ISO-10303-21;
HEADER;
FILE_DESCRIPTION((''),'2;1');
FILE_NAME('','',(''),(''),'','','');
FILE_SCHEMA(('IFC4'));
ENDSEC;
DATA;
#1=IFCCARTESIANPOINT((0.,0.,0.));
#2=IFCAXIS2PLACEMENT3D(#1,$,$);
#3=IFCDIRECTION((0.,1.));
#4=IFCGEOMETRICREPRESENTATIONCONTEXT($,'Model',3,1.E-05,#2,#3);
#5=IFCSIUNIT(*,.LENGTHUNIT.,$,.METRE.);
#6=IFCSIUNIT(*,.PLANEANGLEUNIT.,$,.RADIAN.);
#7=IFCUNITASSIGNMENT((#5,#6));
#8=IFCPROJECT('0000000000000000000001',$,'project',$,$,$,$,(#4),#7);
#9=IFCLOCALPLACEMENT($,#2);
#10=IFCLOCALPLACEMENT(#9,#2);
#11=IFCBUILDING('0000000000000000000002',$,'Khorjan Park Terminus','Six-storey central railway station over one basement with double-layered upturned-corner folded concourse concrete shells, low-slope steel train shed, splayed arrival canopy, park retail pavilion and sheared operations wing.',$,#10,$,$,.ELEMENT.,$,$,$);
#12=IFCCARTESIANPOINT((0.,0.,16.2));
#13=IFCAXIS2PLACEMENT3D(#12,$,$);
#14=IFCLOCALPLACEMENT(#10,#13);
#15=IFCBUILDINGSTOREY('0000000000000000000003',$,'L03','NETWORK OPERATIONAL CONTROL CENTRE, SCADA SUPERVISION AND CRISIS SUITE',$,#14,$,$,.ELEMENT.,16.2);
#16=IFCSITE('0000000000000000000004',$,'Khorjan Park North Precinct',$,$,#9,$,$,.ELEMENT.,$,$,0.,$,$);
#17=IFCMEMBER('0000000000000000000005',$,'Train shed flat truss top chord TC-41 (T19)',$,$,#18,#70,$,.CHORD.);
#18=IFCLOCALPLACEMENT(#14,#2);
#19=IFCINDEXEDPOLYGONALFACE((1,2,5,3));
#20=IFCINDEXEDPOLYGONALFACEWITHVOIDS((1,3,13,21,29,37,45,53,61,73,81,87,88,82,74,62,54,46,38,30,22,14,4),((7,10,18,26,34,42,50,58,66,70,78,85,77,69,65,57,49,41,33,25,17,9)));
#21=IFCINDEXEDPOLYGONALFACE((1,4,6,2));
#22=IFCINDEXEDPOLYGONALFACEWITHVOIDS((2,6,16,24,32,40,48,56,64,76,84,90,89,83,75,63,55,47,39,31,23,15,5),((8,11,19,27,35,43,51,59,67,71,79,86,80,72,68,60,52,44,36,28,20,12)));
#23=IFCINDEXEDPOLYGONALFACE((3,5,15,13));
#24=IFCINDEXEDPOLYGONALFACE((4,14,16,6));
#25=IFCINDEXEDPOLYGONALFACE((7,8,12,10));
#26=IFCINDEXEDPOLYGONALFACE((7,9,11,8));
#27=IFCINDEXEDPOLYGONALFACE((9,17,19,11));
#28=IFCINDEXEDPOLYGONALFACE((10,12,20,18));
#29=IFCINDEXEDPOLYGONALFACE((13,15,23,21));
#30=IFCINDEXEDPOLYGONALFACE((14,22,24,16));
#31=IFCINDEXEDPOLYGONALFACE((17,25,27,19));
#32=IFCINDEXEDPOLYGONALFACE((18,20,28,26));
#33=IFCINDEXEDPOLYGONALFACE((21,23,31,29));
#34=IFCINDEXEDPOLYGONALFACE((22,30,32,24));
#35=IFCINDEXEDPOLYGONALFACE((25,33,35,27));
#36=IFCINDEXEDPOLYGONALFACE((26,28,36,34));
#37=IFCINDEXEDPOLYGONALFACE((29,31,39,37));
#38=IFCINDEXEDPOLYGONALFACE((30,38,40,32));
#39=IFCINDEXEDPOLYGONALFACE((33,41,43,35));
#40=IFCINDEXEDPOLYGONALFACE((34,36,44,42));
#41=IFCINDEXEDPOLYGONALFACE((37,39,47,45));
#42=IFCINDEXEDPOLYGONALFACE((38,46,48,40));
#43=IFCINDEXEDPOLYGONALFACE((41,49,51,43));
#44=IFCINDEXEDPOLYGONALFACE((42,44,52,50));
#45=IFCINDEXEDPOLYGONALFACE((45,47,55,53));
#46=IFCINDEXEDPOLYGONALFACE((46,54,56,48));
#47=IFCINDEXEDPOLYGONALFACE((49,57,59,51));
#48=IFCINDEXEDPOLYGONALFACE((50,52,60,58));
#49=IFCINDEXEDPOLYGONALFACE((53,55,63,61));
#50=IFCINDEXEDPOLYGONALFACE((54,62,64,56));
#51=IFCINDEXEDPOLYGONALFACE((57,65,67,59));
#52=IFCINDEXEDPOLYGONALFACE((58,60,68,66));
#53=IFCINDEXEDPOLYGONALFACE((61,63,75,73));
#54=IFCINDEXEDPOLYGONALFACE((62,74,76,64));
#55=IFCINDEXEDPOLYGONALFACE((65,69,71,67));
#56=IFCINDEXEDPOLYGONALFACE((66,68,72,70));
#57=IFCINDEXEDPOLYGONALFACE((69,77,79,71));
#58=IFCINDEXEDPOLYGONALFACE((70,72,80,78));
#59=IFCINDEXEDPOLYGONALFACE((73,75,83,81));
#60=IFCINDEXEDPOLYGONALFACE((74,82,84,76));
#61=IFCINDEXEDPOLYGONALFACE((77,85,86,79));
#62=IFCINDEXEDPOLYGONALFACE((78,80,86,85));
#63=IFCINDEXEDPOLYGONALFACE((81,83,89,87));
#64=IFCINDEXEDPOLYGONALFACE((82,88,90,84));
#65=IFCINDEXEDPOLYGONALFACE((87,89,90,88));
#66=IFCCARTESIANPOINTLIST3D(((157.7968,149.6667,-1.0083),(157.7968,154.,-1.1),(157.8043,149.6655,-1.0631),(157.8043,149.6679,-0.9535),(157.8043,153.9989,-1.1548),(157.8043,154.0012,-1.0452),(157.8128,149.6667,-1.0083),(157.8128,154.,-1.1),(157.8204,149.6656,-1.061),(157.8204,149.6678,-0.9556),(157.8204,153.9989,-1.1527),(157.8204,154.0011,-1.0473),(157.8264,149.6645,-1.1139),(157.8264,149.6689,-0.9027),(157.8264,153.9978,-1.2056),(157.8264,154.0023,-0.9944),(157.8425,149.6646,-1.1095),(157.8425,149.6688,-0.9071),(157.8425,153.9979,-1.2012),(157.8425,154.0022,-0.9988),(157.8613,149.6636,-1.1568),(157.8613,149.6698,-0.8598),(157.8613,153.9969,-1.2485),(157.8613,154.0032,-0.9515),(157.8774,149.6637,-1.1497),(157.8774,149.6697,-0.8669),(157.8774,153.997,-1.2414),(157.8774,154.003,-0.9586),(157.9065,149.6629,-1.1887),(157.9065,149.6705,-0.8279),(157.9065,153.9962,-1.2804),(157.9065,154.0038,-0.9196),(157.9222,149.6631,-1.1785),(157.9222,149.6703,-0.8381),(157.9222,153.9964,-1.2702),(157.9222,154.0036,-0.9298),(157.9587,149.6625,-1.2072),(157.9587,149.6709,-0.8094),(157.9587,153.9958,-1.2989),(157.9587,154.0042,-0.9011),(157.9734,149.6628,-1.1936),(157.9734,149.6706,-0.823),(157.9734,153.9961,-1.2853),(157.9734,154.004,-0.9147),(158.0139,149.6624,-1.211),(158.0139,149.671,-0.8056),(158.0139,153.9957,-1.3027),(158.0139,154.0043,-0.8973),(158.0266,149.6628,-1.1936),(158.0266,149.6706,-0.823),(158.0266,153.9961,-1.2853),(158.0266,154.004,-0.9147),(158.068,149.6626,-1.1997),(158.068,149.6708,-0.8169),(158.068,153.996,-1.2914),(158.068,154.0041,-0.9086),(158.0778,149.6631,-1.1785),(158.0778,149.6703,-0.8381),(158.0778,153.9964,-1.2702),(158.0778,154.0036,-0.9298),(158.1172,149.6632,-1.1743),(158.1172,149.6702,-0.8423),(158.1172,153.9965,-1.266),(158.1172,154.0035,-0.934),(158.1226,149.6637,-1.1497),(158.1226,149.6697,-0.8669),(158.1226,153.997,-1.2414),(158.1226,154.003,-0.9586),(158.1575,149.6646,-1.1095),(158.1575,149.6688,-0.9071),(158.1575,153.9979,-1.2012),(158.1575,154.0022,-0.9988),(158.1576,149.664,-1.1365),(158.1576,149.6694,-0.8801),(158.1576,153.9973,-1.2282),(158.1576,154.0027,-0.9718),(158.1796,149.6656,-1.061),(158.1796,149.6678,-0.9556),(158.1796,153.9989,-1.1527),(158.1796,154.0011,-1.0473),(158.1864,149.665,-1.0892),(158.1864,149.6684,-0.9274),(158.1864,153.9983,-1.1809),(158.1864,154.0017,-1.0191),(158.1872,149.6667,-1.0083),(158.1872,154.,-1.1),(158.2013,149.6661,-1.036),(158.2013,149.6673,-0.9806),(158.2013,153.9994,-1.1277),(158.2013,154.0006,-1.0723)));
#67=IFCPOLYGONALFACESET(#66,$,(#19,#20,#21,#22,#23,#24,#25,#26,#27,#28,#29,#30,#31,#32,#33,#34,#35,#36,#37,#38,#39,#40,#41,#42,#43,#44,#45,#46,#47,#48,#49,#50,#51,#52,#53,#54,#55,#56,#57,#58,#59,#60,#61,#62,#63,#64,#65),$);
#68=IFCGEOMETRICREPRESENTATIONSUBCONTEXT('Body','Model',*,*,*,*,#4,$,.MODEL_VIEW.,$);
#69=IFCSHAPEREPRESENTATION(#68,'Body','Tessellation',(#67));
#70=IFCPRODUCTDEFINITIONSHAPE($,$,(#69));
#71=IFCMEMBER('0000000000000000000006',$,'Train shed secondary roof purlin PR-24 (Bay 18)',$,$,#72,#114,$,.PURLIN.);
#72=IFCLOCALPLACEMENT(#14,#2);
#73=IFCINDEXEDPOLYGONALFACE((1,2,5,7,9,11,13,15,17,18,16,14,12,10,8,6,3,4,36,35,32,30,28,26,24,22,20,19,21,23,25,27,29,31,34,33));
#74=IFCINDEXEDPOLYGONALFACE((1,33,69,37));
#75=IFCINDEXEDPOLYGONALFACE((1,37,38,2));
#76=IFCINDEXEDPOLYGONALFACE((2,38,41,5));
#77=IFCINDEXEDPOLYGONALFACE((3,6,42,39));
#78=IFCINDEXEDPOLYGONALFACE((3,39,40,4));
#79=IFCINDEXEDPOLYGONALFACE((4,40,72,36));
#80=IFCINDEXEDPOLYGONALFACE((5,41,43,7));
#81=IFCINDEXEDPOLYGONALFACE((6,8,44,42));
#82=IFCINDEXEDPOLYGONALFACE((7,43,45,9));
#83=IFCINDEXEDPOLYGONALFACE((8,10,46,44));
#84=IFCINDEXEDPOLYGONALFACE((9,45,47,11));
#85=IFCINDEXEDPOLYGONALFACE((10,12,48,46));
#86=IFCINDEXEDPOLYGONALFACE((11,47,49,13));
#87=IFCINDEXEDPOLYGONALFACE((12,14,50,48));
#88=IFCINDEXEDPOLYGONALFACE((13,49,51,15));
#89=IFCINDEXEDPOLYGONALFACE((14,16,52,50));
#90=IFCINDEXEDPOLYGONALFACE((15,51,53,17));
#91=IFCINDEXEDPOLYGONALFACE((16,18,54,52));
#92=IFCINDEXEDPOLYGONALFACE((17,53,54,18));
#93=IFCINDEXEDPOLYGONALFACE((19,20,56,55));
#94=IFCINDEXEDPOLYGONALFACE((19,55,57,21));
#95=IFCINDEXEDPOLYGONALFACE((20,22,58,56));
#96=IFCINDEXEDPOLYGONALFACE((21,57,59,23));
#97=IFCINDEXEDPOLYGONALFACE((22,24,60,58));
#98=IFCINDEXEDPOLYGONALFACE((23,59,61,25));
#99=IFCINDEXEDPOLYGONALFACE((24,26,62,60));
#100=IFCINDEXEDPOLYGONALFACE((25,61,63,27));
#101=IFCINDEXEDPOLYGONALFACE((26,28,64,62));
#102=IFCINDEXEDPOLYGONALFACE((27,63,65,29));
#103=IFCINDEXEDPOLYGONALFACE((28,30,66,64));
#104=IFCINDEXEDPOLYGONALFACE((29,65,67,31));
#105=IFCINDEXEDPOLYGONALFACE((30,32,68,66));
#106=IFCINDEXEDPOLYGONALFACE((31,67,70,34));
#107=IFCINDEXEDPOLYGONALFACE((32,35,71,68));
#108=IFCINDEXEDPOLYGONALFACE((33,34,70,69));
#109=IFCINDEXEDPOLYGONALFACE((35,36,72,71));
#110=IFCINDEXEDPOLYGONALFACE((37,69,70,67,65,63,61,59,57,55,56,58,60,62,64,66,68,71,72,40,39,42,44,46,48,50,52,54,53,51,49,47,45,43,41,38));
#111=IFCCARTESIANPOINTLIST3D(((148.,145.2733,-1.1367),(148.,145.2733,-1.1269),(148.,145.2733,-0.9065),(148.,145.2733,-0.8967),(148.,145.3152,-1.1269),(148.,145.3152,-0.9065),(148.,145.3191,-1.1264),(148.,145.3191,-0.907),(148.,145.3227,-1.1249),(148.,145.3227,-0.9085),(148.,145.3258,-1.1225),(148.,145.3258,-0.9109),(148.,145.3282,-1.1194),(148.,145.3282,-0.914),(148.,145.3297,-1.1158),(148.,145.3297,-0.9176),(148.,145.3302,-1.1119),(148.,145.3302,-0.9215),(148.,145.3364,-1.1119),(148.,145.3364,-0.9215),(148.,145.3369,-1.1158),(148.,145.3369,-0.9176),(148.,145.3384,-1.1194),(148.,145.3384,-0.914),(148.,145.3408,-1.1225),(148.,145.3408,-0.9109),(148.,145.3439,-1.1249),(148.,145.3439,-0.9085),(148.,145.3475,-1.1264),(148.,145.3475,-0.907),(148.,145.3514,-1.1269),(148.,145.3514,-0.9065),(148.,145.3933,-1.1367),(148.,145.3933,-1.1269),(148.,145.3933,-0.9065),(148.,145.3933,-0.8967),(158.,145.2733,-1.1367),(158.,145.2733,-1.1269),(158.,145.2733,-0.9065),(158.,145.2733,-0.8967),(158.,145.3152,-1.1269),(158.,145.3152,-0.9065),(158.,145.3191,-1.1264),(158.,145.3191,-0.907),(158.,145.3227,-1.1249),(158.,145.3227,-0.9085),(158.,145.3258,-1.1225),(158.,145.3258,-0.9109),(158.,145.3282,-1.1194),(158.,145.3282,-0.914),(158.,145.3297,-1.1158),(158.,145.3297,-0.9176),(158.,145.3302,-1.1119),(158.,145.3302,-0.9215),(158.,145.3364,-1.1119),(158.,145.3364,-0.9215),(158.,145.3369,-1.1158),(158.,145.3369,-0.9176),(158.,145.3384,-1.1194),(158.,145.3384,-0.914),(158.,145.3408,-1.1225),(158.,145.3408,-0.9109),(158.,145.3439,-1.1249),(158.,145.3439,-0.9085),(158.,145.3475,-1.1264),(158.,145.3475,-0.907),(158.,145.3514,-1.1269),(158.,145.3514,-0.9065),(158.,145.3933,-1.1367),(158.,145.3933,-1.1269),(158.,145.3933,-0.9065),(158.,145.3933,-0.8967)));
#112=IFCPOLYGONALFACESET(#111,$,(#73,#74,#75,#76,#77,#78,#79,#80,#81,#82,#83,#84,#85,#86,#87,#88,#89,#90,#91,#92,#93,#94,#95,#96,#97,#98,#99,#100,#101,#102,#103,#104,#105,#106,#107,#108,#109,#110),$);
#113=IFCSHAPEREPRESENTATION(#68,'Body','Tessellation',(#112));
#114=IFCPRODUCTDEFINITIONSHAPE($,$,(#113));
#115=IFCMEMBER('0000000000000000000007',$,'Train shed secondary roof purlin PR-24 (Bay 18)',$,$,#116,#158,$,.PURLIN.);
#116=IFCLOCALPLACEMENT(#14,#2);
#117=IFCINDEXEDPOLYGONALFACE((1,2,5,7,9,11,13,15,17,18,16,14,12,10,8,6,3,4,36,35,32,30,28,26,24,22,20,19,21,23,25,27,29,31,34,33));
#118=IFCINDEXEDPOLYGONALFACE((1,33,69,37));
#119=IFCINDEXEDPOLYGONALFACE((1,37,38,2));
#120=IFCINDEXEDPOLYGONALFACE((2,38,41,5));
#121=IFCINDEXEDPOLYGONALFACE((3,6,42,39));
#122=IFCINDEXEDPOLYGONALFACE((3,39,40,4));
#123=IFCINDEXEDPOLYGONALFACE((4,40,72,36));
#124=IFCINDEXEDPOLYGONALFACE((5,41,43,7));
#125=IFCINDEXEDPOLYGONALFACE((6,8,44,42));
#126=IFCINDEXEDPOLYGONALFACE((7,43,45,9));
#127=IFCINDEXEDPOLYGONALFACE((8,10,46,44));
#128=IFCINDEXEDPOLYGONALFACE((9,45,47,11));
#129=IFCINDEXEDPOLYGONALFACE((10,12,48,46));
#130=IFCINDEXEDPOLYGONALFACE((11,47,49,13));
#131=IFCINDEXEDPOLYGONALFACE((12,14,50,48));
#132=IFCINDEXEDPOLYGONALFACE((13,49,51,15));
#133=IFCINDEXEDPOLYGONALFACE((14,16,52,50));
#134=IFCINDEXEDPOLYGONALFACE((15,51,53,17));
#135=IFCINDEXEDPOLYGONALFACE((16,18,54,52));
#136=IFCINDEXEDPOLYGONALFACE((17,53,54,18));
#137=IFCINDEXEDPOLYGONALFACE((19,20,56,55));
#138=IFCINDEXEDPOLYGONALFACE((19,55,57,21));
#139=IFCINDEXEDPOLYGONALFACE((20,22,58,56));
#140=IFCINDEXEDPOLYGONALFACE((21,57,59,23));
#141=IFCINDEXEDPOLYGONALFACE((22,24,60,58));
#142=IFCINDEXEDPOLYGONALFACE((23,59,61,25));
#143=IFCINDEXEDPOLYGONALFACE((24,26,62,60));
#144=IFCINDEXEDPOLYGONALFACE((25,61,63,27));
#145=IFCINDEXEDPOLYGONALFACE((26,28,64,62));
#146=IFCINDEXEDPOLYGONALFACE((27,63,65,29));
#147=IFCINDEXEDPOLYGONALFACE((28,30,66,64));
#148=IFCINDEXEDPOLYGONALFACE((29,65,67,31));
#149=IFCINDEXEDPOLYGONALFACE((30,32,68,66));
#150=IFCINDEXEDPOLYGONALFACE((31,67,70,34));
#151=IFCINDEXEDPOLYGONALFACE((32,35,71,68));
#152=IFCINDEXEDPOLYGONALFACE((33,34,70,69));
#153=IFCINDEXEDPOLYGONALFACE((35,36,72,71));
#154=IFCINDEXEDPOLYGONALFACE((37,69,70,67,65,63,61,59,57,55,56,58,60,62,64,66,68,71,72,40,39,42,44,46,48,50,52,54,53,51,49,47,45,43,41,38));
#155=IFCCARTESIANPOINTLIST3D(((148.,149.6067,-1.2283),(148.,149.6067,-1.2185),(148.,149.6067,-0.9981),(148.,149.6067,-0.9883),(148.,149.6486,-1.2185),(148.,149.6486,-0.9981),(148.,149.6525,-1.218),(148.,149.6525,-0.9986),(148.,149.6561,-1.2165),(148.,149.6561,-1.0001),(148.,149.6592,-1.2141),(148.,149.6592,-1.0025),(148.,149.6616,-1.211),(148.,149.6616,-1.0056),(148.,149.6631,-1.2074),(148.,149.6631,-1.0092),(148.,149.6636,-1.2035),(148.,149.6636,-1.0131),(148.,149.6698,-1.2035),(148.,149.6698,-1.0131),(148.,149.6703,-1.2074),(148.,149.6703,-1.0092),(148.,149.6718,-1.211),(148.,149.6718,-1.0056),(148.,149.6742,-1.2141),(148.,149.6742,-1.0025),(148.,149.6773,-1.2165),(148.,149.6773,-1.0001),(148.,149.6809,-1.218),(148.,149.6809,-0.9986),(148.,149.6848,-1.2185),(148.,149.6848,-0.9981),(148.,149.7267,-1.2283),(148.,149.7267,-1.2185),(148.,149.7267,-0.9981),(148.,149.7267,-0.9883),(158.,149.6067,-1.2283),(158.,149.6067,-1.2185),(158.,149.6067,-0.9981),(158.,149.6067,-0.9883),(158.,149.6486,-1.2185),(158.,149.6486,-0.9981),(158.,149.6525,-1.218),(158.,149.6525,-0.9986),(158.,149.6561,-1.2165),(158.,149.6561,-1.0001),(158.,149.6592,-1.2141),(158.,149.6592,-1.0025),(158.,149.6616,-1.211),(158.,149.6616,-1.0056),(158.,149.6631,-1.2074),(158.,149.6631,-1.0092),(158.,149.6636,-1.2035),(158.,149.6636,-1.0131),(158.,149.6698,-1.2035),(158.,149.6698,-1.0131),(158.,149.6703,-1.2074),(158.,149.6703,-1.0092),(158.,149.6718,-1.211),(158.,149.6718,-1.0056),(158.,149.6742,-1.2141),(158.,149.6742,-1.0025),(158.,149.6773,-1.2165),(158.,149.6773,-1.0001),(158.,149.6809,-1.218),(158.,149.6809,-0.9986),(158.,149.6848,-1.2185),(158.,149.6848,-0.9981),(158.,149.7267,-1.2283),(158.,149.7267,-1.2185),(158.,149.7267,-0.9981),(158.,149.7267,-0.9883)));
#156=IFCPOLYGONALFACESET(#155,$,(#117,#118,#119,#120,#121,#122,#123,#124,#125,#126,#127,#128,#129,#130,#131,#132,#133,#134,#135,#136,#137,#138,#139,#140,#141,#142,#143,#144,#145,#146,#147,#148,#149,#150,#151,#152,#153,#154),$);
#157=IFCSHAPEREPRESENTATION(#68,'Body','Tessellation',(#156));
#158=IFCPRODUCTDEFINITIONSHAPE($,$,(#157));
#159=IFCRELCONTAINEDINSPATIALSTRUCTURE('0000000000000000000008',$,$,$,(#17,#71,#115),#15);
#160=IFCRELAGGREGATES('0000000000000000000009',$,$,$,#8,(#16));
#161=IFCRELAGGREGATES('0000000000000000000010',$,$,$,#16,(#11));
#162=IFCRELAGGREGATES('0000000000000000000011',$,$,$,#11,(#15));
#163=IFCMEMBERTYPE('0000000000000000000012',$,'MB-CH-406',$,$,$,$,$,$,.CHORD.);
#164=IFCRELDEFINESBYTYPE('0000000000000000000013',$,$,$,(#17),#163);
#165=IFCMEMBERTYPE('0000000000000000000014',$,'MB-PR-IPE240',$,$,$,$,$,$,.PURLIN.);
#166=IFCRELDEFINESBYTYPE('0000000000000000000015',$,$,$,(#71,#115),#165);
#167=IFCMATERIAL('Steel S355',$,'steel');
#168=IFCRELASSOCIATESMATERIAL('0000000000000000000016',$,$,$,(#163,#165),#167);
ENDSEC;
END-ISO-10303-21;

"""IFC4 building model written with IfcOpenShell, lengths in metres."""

from ifc_helpers import new_model, si_unit, direction, frame, origin, origin_2d, place, context, subcontext, project, spatial, hollow_circle, i_section, extrude, material, material_profile, profile_set, type_object, element, save


model = new_model("IFC4")

# Units and contexts
model_context = context("Model", 3, precision=1e-05, world=origin(), true_north=direction((0.0, 1.0)))
body_context = subcontext(model_context, "Body", "Model", "MODEL_VIEW")
ifc_project = project(units=[si_unit("LENGTHUNIT", "METRE"), si_unit("PLANEANGLEUNIT", "RADIAN")], contexts=[model_context])

# Site, building, storey
site_placement = place(None, origin())
site = spatial("IfcSite", under=ifc_project, at=site_placement, Name="Khorjan Park North Precinct", CompositionType="ELEMENT", RefElevation=0.0)
building_placement = place(site_placement, origin())
building = spatial("IfcBuilding", under=site, at=building_placement, Name="Khorjan Park Terminus", Description="Six-storey central railway station over one basement with double-layered upturned-corner folded concourse concrete shells, low-slope steel train shed, splayed arrival canopy, park retail pavilion and sheared operations wing.", CompositionType="ELEMENT")
storey_placement = place(building_placement, frame((0.0, 0.0, 16.2)))
storey = spatial("IfcBuildingStorey", under=building, at=storey_placement, Name="L03", Description="NETWORK OPERATIONAL CONTROL CENTRE, SCADA SUPERVISION AND CRISIS SUITE", CompositionType="ELEMENT", Elevation=16.2)

# Members
ifc_material = material(Name="Steel S355", Category="steel")
ifc_material_profile_1 = material_profile(ifc_material, hollow_circle(Radius=0.2032, WallThickness=0.016, at=origin_2d()), Name="CHS 406.4x16")
ifc_profile_set_1 = profile_set([ifc_material_profile_1], Name="Steel S355")
member_type_1 = type_object("IfcMemberType", Name="MB-CH-406", PredefinedType="CHORD", material=ifc_profile_set_1)
member_1_placement = place(storey_placement, frame((158.0, 149.6667, -1.0083), z_axis=(0.0, 0.999776, -0.021157), x_axis=(-1.0, 0.0, 0.0)))
element("IfcMember", 1, at=member_1_placement, inside=storey, type_object=member_type_1, Name="Train shed flat truss top chord TC-41 (T19)", PredefinedType="CHORD", context=body_context, shape_type="SweptSolid", body=[
    extrude(hollow_circle(Radius=0.2032, WallThickness=0.016, at=origin_2d()), origin(), (0.0, 0.0, 1.0), 4.3343),
])
ifc_material_profile_2 = material_profile(ifc_material, i_section(OverallWidth=0.12, OverallDepth=0.24, WebThickness=0.0062, FlangeThickness=0.0098, FilletRadius=0.015, at=origin_2d()), Name="IPE 240")
ifc_profile_set_2 = profile_set([ifc_material_profile_2], Name="Steel S355")
member_type_2 = type_object("IfcMemberType", Name="MB-PR-IPE240", PredefinedType="PURLIN", material=ifc_profile_set_2)
for number, where, z_axis, x_axis, name in (
    (2, (148.0, 145.3333, -1.0167), (1.0, 0.0, 0.0), (0.0, 1.0, 0.0), "Train shed secondary roof purlin PR-24 (Bay 18)"),
    (3, (148.0, 149.6667, -1.1083), (1.0, 0.0, 0.0), (0.0, 1.0, 0.0), "Train shed secondary roof purlin PR-24 (Bay 18)"),
):
    element("IfcMember", number, at=place(storey_placement, frame(where, z_axis=z_axis, x_axis=x_axis)), inside=storey, type_object=member_type_2, Name=name, PredefinedType="PURLIN", context=body_context, shape_type="SweptSolid", body=[
        extrude(i_section(OverallWidth=0.12, OverallDepth=0.24, WebThickness=0.0062, FlangeThickness=0.0098, FilletRadius=0.015, at=origin_2d()), origin(), (0.0, 0.0, 1.0), 10.0),
    ])

save(model, "model.ifc")
